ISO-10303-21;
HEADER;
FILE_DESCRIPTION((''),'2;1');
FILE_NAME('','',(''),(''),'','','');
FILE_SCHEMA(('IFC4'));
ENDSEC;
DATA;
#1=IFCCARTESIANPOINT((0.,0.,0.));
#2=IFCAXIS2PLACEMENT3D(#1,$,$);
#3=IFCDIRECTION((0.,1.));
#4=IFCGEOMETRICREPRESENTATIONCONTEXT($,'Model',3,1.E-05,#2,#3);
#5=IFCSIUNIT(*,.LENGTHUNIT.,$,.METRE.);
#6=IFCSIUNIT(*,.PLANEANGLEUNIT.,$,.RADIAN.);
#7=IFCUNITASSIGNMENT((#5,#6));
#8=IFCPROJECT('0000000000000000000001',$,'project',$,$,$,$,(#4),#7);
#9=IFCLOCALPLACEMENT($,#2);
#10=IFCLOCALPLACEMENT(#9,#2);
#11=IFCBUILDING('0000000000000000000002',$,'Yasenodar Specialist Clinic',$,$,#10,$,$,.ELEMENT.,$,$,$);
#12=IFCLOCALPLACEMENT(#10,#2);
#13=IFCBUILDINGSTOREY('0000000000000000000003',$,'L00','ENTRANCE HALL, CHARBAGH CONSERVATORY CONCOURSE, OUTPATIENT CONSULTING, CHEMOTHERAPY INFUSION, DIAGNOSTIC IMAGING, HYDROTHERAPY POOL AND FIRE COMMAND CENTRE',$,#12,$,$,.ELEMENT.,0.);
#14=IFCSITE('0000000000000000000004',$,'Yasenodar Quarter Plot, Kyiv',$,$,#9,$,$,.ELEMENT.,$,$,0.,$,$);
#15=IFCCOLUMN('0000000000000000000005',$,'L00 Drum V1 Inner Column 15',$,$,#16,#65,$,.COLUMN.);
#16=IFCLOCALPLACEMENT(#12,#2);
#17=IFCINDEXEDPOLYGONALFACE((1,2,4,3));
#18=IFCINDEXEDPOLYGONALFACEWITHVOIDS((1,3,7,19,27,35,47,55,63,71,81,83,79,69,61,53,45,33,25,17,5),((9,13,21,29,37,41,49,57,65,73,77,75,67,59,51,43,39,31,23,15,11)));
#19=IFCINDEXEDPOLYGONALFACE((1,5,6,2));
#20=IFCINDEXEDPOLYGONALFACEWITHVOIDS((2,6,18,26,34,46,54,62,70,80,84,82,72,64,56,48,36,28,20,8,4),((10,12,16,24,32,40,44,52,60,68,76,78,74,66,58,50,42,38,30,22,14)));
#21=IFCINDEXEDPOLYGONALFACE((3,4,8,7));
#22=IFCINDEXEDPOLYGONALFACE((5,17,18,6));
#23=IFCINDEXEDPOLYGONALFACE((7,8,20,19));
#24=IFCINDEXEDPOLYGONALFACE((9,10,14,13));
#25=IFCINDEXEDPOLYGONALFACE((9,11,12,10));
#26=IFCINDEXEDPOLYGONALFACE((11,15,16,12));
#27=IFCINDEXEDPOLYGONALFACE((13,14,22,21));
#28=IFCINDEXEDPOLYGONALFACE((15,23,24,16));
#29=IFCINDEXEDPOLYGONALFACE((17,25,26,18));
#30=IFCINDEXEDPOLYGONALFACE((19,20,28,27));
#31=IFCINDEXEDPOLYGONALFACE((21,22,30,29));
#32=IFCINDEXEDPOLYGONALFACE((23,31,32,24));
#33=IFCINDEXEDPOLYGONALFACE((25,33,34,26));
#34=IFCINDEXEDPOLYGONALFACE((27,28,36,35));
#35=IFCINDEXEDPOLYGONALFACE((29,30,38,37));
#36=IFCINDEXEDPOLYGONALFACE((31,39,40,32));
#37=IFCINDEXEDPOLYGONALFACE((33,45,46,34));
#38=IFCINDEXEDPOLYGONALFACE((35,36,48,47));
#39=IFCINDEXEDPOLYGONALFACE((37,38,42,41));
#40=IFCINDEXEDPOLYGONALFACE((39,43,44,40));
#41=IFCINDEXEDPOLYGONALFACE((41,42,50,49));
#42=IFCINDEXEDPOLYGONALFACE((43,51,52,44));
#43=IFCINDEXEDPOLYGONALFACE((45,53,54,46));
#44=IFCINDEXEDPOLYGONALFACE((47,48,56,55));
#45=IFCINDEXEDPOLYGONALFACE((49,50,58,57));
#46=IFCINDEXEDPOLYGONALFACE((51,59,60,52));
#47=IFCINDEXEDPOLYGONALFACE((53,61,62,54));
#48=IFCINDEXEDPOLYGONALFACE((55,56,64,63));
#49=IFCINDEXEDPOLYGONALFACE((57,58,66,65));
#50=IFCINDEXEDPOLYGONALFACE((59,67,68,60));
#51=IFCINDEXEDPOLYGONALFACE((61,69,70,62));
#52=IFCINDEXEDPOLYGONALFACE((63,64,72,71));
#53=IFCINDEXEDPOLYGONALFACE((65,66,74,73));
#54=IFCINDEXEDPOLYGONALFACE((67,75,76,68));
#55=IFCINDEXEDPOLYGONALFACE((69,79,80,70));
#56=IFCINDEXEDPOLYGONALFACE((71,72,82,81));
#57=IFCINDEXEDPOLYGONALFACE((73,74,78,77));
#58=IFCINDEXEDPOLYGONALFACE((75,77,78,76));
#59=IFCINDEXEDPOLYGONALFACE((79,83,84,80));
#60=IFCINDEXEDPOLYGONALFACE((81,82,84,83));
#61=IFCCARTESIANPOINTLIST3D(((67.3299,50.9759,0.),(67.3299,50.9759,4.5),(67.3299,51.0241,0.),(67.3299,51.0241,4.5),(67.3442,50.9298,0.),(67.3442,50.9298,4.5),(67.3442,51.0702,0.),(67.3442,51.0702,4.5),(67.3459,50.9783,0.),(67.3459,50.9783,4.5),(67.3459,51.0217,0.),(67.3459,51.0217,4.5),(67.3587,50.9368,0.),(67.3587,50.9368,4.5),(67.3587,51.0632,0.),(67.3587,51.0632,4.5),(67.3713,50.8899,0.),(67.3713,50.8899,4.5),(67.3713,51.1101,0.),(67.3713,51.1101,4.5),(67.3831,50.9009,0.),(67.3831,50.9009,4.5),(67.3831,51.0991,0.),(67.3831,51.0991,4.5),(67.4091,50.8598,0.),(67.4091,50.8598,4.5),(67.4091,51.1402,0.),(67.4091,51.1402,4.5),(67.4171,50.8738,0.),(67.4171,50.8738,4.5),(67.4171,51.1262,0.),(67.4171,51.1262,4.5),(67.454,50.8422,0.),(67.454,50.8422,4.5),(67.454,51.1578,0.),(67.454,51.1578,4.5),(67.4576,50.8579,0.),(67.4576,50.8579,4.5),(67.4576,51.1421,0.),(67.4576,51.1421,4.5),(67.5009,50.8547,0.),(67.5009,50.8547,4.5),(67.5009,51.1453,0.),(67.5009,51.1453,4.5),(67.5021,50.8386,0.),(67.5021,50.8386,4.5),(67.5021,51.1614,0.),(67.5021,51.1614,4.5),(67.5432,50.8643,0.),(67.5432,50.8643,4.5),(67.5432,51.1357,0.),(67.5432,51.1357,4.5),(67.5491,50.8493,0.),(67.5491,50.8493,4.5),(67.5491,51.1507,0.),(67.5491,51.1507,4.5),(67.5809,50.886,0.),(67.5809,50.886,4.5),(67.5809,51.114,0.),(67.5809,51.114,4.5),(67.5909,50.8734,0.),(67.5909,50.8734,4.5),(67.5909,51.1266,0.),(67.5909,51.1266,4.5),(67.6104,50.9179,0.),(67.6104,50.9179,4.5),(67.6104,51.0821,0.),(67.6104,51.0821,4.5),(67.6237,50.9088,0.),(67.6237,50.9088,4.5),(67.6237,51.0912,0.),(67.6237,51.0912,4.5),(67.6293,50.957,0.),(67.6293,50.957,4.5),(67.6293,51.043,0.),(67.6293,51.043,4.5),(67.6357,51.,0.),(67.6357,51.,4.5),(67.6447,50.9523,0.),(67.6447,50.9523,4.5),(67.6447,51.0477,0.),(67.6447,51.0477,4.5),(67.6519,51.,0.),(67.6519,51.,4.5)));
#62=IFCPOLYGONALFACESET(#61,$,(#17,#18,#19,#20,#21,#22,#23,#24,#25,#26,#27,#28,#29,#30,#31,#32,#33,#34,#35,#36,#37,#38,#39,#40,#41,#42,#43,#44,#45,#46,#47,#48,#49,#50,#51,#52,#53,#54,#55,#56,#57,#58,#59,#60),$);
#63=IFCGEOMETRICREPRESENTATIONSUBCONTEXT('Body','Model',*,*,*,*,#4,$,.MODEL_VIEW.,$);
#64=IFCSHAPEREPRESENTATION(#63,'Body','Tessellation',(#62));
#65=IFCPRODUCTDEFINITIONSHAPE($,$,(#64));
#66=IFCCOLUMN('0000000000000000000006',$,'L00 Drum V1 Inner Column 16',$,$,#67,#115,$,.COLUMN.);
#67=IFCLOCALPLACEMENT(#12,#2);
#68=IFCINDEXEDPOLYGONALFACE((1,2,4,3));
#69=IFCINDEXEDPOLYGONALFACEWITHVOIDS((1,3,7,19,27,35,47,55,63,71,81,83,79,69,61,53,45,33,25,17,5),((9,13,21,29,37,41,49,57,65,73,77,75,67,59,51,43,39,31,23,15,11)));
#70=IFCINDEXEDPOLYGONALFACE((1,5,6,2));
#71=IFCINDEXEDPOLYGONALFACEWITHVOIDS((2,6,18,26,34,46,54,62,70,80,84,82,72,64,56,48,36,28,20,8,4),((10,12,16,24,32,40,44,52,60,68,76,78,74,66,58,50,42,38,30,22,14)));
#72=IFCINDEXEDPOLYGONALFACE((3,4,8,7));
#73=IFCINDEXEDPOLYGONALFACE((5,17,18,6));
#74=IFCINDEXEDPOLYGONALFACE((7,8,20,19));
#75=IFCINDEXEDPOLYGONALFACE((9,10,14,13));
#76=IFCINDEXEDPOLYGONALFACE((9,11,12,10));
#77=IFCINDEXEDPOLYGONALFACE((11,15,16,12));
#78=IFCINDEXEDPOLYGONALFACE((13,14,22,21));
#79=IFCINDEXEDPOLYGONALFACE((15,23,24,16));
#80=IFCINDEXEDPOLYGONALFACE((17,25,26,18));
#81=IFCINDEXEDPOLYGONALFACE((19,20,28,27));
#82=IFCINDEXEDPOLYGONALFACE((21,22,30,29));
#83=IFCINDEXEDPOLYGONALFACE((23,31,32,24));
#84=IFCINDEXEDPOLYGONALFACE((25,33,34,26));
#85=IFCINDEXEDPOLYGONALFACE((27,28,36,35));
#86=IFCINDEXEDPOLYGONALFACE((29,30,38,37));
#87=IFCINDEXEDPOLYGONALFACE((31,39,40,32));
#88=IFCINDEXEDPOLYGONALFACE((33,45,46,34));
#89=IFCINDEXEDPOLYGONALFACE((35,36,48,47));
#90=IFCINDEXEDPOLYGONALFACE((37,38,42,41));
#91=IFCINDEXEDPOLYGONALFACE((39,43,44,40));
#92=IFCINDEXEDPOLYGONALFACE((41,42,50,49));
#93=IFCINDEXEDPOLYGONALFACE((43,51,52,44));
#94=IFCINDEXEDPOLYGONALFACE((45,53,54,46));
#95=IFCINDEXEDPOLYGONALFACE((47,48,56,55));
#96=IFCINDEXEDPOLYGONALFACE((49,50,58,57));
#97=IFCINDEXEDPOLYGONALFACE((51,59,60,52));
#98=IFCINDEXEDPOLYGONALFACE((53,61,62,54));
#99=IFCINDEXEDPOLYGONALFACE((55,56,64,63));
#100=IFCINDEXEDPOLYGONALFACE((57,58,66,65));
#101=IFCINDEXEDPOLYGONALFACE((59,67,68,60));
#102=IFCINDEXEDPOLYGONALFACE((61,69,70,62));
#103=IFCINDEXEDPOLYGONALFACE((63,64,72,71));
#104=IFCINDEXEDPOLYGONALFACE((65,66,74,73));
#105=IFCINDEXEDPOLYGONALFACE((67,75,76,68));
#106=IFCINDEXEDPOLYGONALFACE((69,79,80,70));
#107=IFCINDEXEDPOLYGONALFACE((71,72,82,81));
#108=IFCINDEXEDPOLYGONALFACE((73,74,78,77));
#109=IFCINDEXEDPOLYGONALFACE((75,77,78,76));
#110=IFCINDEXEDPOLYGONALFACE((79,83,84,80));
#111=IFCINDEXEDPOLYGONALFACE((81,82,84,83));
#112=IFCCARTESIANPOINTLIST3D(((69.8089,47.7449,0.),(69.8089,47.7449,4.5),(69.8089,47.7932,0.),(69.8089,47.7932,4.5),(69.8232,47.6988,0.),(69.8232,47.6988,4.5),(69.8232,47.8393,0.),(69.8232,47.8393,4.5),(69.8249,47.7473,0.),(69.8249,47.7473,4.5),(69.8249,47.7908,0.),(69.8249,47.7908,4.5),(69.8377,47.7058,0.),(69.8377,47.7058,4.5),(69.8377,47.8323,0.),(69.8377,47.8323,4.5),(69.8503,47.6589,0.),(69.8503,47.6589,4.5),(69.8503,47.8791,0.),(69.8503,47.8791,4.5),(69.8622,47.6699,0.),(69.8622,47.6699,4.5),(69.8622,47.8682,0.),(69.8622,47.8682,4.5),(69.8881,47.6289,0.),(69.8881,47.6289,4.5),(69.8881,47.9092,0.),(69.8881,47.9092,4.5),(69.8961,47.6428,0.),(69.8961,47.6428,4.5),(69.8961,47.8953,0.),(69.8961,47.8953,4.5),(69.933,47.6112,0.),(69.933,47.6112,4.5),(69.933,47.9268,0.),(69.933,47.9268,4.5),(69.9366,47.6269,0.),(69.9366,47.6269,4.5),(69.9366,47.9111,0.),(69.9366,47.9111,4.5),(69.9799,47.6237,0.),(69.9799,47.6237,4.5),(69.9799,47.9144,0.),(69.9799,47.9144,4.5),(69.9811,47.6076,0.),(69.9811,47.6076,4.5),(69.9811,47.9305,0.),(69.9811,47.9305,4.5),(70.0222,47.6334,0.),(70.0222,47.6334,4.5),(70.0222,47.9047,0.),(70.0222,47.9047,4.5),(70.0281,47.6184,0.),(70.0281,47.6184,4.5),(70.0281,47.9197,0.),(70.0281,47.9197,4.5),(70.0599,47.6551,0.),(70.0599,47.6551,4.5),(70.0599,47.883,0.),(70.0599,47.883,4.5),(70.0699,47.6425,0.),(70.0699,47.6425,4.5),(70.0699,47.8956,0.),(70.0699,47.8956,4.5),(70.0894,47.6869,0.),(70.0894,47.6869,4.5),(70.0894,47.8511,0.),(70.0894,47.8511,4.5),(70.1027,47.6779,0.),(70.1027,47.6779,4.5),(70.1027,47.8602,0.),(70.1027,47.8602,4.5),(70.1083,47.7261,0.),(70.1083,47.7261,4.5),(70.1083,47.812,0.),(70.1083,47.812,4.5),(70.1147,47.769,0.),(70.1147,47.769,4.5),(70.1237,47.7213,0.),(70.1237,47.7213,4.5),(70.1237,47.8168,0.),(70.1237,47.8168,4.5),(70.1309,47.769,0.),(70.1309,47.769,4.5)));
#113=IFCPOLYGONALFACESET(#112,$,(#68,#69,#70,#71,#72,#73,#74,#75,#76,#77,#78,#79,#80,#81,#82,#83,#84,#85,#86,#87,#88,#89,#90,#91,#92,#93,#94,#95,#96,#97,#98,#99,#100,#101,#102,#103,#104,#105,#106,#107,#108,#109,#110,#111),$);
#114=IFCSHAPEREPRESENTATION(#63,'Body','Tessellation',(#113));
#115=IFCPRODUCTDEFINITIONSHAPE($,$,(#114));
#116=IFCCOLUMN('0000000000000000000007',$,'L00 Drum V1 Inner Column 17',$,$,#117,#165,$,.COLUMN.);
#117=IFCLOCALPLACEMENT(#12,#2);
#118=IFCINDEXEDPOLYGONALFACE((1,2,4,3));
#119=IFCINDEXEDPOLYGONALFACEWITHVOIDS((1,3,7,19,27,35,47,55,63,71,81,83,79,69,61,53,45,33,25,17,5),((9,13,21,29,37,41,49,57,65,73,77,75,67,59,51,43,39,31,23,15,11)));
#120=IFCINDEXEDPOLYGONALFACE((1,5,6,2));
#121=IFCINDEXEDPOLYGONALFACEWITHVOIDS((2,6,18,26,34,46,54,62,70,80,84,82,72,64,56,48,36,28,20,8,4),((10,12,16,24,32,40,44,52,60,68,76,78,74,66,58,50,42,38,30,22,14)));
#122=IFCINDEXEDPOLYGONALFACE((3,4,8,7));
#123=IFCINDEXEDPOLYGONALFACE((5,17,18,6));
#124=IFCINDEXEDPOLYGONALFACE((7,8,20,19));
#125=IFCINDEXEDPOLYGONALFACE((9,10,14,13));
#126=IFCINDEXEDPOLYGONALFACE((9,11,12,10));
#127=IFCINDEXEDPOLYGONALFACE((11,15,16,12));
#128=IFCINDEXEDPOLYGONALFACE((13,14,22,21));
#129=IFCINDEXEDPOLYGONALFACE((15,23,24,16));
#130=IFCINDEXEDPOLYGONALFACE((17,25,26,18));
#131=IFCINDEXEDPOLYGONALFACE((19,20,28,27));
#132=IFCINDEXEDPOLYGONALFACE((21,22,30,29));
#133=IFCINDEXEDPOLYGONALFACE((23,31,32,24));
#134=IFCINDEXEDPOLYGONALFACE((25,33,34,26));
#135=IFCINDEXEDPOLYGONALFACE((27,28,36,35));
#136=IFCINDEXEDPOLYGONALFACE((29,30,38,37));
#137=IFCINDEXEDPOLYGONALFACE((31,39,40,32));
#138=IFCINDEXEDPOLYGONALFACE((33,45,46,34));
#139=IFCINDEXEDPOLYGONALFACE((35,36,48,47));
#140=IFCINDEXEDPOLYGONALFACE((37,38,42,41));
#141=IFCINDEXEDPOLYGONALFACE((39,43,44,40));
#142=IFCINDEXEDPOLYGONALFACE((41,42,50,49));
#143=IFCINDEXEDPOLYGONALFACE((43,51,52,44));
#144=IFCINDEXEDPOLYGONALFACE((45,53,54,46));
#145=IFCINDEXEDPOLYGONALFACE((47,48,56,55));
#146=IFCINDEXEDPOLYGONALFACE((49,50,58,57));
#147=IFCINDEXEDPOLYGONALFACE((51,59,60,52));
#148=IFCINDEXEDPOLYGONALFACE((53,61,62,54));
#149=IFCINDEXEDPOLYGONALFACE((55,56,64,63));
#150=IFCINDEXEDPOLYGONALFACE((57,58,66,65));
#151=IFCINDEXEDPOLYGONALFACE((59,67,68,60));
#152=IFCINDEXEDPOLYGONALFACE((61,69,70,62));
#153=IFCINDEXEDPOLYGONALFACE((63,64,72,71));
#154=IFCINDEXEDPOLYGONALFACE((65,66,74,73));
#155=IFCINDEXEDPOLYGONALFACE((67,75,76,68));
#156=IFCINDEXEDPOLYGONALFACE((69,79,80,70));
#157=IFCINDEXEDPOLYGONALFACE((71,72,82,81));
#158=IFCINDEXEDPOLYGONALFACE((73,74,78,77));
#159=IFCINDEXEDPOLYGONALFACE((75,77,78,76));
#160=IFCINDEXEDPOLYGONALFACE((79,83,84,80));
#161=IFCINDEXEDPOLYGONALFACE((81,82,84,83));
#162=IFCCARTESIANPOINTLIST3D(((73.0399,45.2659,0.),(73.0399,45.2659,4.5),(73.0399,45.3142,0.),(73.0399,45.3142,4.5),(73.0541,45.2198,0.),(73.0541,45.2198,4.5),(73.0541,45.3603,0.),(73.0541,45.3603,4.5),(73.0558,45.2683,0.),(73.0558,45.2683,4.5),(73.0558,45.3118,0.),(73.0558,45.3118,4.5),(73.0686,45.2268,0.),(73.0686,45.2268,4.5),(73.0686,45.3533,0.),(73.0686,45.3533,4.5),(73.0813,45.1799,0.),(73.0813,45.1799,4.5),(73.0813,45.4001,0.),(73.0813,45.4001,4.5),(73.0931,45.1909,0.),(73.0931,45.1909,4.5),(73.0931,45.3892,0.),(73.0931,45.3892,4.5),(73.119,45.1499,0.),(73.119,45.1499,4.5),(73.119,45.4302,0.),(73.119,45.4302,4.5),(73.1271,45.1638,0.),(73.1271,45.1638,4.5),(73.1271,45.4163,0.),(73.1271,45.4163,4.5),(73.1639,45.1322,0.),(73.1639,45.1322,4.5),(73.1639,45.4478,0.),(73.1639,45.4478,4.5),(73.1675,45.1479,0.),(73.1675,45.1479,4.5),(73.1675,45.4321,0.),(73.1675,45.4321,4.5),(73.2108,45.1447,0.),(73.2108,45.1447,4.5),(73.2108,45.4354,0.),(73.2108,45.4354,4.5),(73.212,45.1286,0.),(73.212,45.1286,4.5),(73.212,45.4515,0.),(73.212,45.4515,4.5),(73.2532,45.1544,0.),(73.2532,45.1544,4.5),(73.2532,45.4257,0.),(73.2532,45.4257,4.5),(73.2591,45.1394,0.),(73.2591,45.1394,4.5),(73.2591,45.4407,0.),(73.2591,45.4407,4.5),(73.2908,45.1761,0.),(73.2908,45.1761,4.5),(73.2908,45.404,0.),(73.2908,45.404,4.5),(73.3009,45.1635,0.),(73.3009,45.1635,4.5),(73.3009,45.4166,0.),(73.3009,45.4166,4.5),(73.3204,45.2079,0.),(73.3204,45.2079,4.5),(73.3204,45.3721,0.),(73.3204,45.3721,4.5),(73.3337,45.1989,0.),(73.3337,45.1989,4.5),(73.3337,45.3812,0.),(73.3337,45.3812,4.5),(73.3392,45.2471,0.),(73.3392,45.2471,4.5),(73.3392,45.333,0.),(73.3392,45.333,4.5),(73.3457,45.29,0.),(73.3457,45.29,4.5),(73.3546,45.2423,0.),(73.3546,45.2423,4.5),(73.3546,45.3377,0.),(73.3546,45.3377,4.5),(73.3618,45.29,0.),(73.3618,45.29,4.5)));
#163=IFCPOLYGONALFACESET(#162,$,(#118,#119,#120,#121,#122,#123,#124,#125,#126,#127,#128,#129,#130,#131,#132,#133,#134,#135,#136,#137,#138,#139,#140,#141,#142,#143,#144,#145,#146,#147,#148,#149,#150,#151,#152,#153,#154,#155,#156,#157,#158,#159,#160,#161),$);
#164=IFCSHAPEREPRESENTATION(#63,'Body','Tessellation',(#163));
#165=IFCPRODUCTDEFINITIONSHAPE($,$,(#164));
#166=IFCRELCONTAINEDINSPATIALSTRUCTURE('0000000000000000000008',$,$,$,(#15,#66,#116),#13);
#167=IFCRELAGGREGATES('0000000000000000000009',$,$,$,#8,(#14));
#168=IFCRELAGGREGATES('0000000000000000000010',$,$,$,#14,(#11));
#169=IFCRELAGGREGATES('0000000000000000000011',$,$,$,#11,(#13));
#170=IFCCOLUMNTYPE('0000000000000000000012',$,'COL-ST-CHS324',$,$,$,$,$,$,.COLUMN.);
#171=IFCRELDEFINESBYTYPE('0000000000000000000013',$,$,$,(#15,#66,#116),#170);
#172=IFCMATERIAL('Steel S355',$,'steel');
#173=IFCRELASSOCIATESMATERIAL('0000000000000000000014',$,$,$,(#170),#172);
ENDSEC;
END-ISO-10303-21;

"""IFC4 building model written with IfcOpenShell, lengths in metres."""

from ifc_helpers import new_model, si_unit, direction, frame, origin, origin_2d, place, context, subcontext, project, spatial, hollow_circle, extrude, material, material_profile, profile_set, type_object, element, save


model = new_model("IFC4")

# Units and contexts
model_context = context("Model", 3, precision=1e-05, world=origin(), true_north=direction((0.0, 1.0)))
body_context = subcontext(model_context, "Body", "Model", "MODEL_VIEW")
ifc_project = project(units=[si_unit("LENGTHUNIT", "METRE"), si_unit("PLANEANGLEUNIT", "RADIAN")], contexts=[model_context])

# Site, building, storey
site_placement = place(None, origin())
site = spatial("IfcSite", under=ifc_project, at=site_placement, Name="Yasenodar Quarter Plot, Kyiv", CompositionType="ELEMENT", RefElevation=0.0)
building_placement = place(site_placement, origin())
building = spatial("IfcBuilding", under=site, at=building_placement, Name="Yasenodar Specialist Clinic", CompositionType="ELEMENT")
storey_placement = place(building_placement, origin())
storey = spatial("IfcBuildingStorey", under=building, at=storey_placement, Name="L00", Description="ENTRANCE HALL, CHARBAGH CONSERVATORY CONCOURSE, OUTPATIENT CONSULTING, CHEMOTHERAPY INFUSION, DIAGNOSTIC IMAGING, HYDROTHERAPY POOL AND FIRE COMMAND CENTRE", CompositionType="ELEMENT", Elevation=0.0)

# Columns
ifc_material_1 = material(Name="Steel S355", Category="steel")
ifc_material_profile_1 = material_profile(ifc_material_1, hollow_circle(Radius=0.1619, WallThickness=0.0161, at=origin_2d()), Name="CHS 323.9x16")
ifc_profile_set_1 = profile_set([ifc_material_profile_1], Name="Steel S355")
column_type = type_object("IfcColumnType", Name="COL-ST-CHS324", PredefinedType="COLUMN", material=ifc_profile_set_1)
for number, where, z_axis, x_axis, name in (
    (1, (67.49, 51.0, 0.0), (0.0, 0.0, 1.0), (1.0, 0.0, 0.0), "L00 Drum V1 Inner Column 15"),
    (2, (69.969, 47.769, 0.0), (0.0, 0.0, 1.0), (1.0, 0.0, 0.0), "L00 Drum V1 Inner Column 16"),
    (3, (73.2, 45.29, 0.0), (0.0, 0.0, 1.0), (1.0, 0.0, 0.0), "L00 Drum V1 Inner Column 17"),
):
    element("IfcColumn", number, at=place(storey_placement, frame(where, z_axis=z_axis, x_axis=x_axis)), inside=storey, type_object=column_type, Name=name, PredefinedType="COLUMN", context=body_context, shape_type="SweptSolid", body=[
        extrude(hollow_circle(Radius=0.1619, WallThickness=0.0161, at=origin_2d()), origin(), (0.0, 0.0, 1.0), 4.5),
    ])

save(model, "model.ifc")
